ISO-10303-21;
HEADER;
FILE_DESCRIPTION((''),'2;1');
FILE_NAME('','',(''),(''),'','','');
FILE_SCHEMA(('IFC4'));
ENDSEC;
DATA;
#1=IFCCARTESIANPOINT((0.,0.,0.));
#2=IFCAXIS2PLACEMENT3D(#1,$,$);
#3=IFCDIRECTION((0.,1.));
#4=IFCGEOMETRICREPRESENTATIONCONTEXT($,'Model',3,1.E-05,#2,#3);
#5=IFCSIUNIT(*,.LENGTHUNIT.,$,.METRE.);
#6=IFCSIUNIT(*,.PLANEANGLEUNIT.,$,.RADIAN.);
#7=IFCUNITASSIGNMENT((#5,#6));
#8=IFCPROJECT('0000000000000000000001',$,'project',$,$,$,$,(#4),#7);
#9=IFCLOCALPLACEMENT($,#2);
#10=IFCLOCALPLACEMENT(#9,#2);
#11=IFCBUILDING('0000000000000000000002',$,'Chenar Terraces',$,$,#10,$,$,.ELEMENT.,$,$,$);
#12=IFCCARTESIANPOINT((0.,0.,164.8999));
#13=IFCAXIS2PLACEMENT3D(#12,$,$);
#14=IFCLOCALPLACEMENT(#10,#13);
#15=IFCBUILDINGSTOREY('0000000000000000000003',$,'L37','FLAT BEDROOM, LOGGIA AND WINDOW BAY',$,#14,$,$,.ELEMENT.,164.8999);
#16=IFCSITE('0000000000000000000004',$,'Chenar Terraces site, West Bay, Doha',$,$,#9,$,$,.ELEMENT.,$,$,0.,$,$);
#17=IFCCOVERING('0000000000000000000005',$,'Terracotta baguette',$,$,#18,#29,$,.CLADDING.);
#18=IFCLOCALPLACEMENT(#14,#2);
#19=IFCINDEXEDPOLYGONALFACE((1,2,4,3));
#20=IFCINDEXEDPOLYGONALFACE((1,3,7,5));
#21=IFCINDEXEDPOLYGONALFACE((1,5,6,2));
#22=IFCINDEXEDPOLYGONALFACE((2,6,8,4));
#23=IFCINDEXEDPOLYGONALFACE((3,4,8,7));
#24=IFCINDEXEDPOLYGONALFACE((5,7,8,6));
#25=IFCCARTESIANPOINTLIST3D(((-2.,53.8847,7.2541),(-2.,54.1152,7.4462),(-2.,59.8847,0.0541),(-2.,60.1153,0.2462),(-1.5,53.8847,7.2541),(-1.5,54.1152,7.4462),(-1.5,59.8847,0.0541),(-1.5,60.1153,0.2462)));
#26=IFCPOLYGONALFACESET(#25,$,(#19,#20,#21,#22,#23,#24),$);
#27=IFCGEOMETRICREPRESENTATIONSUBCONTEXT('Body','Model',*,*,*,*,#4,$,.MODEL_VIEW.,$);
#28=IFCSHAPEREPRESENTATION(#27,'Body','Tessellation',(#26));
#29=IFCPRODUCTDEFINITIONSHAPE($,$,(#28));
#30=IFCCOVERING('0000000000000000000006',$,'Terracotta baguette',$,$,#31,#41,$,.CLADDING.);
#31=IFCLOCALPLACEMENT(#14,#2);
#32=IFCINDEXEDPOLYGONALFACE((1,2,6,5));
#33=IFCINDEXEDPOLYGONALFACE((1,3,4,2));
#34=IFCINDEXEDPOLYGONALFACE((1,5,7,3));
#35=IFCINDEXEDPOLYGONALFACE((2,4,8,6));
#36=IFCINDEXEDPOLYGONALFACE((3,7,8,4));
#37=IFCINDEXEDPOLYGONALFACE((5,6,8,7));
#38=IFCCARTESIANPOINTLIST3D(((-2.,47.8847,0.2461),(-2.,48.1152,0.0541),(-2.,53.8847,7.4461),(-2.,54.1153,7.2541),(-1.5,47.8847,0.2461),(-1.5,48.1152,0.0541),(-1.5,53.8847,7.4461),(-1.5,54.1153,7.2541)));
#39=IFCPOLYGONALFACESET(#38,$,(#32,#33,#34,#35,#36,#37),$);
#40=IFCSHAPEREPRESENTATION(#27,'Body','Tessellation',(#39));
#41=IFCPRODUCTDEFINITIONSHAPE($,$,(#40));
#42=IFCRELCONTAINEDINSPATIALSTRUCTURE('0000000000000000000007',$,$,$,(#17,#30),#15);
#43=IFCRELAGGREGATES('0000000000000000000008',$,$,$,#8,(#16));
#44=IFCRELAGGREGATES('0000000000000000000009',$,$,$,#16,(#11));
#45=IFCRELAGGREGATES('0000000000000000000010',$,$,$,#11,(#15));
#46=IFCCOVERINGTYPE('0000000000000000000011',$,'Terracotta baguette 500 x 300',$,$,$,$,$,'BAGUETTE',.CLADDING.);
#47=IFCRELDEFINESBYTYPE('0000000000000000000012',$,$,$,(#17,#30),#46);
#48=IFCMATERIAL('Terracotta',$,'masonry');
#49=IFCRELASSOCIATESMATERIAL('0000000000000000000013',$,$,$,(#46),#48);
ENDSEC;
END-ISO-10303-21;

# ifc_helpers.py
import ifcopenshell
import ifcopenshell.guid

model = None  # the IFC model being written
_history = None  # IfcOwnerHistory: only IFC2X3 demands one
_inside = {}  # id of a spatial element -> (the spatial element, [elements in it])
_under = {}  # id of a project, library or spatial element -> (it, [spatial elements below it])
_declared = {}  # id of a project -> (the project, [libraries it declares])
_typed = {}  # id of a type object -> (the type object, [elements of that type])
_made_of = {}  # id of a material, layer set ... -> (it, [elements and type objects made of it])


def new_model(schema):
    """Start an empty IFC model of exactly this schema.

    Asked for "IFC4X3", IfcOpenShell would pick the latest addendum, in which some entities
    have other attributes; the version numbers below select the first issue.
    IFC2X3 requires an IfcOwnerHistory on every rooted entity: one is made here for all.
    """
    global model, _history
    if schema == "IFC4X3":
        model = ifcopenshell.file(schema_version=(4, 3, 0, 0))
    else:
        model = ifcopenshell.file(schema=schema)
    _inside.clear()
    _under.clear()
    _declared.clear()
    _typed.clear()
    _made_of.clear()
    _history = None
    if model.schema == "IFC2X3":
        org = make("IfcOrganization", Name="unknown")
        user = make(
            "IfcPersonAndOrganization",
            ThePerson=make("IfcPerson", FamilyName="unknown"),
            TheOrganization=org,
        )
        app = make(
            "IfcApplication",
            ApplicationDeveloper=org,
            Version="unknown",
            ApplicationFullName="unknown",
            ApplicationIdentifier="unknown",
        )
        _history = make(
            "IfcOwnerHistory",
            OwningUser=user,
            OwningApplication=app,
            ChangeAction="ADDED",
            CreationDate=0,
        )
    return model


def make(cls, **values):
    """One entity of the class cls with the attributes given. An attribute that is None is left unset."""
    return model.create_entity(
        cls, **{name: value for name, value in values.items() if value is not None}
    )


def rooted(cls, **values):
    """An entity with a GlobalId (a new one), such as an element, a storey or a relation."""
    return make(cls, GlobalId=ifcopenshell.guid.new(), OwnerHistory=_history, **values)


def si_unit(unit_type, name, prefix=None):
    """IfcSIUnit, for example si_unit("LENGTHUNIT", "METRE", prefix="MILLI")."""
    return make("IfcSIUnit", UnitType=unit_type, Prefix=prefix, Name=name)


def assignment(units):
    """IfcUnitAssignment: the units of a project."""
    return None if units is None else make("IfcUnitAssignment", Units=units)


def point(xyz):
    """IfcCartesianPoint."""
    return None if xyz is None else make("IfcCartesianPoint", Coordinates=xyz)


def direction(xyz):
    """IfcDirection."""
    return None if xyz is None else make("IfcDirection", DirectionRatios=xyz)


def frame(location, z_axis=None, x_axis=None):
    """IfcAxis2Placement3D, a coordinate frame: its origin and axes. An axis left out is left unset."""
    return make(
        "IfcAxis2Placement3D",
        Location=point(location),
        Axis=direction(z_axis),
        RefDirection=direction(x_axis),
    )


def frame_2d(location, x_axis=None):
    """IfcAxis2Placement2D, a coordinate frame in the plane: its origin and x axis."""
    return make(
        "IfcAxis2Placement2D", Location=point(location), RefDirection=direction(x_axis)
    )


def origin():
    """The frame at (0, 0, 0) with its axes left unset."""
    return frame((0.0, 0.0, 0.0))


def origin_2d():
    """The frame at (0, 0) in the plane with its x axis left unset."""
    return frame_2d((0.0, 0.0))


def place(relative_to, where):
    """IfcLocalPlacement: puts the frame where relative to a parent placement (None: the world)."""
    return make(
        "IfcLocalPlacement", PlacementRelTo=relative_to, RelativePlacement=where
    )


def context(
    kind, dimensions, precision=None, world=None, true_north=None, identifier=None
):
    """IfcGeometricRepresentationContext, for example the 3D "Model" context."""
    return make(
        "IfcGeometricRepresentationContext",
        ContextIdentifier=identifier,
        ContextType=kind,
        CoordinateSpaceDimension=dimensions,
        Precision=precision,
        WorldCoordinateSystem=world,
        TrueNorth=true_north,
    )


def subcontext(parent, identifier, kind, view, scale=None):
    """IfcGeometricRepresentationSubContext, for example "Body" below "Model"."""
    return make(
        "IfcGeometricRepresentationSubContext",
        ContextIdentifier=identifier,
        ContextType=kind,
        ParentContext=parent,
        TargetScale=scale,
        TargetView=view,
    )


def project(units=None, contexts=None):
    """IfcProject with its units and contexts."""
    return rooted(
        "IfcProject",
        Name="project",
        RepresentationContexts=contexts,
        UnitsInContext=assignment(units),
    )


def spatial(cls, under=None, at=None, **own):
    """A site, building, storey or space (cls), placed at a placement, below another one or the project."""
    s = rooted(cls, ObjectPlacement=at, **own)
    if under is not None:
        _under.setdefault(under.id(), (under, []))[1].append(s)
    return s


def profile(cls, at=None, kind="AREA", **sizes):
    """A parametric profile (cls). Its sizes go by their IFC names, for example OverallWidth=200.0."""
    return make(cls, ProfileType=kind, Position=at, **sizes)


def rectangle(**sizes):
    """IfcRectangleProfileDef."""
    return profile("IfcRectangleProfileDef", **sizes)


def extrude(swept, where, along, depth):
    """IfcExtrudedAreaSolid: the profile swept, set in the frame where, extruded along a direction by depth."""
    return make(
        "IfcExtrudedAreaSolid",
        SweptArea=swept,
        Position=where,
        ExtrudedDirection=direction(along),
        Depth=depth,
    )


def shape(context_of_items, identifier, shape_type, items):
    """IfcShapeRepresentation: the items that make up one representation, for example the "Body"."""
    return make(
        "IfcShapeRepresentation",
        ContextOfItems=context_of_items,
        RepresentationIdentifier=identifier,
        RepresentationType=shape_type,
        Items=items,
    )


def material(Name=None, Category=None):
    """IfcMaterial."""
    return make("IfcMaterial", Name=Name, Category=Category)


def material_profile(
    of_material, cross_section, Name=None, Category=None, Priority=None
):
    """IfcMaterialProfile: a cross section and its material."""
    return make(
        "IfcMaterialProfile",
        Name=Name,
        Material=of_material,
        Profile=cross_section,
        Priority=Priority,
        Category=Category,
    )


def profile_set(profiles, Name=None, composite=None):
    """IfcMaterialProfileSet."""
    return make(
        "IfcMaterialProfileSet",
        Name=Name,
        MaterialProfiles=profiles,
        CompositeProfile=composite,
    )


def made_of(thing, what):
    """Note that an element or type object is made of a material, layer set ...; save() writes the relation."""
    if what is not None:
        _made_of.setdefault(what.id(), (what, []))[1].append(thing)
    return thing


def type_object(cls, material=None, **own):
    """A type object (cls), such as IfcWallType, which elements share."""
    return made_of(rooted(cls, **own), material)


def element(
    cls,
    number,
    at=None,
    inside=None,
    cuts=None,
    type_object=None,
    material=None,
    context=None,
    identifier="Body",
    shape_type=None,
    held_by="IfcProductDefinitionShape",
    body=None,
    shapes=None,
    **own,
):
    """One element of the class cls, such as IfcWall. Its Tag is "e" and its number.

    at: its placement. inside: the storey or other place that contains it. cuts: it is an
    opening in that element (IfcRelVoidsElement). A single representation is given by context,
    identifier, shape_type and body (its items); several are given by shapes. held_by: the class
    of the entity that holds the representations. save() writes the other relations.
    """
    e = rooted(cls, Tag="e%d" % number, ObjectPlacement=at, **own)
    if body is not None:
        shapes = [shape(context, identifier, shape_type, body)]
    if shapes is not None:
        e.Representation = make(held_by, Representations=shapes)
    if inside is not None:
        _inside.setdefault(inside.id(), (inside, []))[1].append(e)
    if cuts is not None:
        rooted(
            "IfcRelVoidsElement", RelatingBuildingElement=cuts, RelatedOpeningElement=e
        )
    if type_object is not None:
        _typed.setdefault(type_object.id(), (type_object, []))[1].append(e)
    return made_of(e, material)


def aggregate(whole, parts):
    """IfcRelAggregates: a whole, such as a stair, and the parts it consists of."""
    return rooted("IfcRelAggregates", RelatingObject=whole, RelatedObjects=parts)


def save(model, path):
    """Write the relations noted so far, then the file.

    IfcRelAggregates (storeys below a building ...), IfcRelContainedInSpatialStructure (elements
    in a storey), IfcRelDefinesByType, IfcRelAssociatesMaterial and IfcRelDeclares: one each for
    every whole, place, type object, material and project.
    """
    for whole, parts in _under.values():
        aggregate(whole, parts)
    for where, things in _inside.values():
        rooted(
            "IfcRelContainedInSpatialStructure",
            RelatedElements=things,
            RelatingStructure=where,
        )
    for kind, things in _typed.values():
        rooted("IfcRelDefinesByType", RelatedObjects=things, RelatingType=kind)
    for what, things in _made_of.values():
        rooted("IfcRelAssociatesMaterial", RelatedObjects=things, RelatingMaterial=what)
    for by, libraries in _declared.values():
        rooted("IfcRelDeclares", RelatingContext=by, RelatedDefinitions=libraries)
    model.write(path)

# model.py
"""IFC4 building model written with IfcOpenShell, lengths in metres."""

from ifc_helpers import new_model, si_unit, direction, frame, origin, origin_2d, place, context, subcontext, project, spatial, rectangle, extrude, material, material_profile, profile_set, type_object, element, save


model = new_model("IFC4")

# Units and contexts
model_context = context("Model", 3, precision=1e-05, world=origin(), true_north=direction((0.0, 1.0)))
body_context = subcontext(model_context, "Body", "Model", "MODEL_VIEW")
ifc_project = project(units=[si_unit("LENGTHUNIT", "METRE"), si_unit("PLANEANGLEUNIT", "RADIAN")], contexts=[model_context])

# Site, building, storey
site_placement = place(None, origin())
site = spatial("IfcSite", under=ifc_project, at=site_placement, Name="Chenar Terraces site, West Bay, Doha", CompositionType="ELEMENT", RefElevation=0.0)
building_placement = place(site_placement, origin())
building = spatial("IfcBuilding", under=site, at=building_placement, Name="Chenar Terraces", CompositionType="ELEMENT")
storey_placement = place(building_placement, frame((0.0, 0.0, 164.8999)))
storey = spatial("IfcBuildingStorey", under=building, at=storey_placement, Name="L37", Description="FLAT BEDROOM, LOGGIA AND WINDOW BAY", CompositionType="ELEMENT", Elevation=164.8999)

# Coverings
ifc_material_1 = material(Name="Terracotta", Category="masonry")
ifc_material_profile_1 = material_profile(ifc_material_1, rectangle(XDim=0.5, YDim=0.3, at=origin_2d()), Name="Terracotta baguette 500 x 300")
ifc_profile_set_1 = profile_set([ifc_material_profile_1], Name="Terracotta")
covering_type = type_object("IfcCoveringType", Name="Terracotta baguette 500 x 300", ElementType="BAGUETTE", PredefinedType="CLADDING", material=ifc_profile_set_1)
for number, where, z_axis, x_axis, name in (
    (1, (-1.75, 60.0, 0.1501), (0.0, -0.640187, 0.768219), (1.0, 0.0, 0.0), "Terracotta baguette"),
    (2, (-1.75, 54.0, 7.3501), (0.0, -0.640187, -0.768219), (1.0, 0.0, 0.0), "Terracotta baguette"),
):
    element("IfcCovering", number, at=place(storey_placement, frame(where, z_axis=z_axis, x_axis=x_axis)), inside=storey, type_object=covering_type, Name=name, PredefinedType="CLADDING", context=body_context, shape_type="SweptSolid", body=[
        extrude(rectangle(XDim=0.5, YDim=0.3, at=origin_2d()), origin(), (0.0, 0.0, 1.0), 9.3723),
    ])

save(model, "model.ifc")
